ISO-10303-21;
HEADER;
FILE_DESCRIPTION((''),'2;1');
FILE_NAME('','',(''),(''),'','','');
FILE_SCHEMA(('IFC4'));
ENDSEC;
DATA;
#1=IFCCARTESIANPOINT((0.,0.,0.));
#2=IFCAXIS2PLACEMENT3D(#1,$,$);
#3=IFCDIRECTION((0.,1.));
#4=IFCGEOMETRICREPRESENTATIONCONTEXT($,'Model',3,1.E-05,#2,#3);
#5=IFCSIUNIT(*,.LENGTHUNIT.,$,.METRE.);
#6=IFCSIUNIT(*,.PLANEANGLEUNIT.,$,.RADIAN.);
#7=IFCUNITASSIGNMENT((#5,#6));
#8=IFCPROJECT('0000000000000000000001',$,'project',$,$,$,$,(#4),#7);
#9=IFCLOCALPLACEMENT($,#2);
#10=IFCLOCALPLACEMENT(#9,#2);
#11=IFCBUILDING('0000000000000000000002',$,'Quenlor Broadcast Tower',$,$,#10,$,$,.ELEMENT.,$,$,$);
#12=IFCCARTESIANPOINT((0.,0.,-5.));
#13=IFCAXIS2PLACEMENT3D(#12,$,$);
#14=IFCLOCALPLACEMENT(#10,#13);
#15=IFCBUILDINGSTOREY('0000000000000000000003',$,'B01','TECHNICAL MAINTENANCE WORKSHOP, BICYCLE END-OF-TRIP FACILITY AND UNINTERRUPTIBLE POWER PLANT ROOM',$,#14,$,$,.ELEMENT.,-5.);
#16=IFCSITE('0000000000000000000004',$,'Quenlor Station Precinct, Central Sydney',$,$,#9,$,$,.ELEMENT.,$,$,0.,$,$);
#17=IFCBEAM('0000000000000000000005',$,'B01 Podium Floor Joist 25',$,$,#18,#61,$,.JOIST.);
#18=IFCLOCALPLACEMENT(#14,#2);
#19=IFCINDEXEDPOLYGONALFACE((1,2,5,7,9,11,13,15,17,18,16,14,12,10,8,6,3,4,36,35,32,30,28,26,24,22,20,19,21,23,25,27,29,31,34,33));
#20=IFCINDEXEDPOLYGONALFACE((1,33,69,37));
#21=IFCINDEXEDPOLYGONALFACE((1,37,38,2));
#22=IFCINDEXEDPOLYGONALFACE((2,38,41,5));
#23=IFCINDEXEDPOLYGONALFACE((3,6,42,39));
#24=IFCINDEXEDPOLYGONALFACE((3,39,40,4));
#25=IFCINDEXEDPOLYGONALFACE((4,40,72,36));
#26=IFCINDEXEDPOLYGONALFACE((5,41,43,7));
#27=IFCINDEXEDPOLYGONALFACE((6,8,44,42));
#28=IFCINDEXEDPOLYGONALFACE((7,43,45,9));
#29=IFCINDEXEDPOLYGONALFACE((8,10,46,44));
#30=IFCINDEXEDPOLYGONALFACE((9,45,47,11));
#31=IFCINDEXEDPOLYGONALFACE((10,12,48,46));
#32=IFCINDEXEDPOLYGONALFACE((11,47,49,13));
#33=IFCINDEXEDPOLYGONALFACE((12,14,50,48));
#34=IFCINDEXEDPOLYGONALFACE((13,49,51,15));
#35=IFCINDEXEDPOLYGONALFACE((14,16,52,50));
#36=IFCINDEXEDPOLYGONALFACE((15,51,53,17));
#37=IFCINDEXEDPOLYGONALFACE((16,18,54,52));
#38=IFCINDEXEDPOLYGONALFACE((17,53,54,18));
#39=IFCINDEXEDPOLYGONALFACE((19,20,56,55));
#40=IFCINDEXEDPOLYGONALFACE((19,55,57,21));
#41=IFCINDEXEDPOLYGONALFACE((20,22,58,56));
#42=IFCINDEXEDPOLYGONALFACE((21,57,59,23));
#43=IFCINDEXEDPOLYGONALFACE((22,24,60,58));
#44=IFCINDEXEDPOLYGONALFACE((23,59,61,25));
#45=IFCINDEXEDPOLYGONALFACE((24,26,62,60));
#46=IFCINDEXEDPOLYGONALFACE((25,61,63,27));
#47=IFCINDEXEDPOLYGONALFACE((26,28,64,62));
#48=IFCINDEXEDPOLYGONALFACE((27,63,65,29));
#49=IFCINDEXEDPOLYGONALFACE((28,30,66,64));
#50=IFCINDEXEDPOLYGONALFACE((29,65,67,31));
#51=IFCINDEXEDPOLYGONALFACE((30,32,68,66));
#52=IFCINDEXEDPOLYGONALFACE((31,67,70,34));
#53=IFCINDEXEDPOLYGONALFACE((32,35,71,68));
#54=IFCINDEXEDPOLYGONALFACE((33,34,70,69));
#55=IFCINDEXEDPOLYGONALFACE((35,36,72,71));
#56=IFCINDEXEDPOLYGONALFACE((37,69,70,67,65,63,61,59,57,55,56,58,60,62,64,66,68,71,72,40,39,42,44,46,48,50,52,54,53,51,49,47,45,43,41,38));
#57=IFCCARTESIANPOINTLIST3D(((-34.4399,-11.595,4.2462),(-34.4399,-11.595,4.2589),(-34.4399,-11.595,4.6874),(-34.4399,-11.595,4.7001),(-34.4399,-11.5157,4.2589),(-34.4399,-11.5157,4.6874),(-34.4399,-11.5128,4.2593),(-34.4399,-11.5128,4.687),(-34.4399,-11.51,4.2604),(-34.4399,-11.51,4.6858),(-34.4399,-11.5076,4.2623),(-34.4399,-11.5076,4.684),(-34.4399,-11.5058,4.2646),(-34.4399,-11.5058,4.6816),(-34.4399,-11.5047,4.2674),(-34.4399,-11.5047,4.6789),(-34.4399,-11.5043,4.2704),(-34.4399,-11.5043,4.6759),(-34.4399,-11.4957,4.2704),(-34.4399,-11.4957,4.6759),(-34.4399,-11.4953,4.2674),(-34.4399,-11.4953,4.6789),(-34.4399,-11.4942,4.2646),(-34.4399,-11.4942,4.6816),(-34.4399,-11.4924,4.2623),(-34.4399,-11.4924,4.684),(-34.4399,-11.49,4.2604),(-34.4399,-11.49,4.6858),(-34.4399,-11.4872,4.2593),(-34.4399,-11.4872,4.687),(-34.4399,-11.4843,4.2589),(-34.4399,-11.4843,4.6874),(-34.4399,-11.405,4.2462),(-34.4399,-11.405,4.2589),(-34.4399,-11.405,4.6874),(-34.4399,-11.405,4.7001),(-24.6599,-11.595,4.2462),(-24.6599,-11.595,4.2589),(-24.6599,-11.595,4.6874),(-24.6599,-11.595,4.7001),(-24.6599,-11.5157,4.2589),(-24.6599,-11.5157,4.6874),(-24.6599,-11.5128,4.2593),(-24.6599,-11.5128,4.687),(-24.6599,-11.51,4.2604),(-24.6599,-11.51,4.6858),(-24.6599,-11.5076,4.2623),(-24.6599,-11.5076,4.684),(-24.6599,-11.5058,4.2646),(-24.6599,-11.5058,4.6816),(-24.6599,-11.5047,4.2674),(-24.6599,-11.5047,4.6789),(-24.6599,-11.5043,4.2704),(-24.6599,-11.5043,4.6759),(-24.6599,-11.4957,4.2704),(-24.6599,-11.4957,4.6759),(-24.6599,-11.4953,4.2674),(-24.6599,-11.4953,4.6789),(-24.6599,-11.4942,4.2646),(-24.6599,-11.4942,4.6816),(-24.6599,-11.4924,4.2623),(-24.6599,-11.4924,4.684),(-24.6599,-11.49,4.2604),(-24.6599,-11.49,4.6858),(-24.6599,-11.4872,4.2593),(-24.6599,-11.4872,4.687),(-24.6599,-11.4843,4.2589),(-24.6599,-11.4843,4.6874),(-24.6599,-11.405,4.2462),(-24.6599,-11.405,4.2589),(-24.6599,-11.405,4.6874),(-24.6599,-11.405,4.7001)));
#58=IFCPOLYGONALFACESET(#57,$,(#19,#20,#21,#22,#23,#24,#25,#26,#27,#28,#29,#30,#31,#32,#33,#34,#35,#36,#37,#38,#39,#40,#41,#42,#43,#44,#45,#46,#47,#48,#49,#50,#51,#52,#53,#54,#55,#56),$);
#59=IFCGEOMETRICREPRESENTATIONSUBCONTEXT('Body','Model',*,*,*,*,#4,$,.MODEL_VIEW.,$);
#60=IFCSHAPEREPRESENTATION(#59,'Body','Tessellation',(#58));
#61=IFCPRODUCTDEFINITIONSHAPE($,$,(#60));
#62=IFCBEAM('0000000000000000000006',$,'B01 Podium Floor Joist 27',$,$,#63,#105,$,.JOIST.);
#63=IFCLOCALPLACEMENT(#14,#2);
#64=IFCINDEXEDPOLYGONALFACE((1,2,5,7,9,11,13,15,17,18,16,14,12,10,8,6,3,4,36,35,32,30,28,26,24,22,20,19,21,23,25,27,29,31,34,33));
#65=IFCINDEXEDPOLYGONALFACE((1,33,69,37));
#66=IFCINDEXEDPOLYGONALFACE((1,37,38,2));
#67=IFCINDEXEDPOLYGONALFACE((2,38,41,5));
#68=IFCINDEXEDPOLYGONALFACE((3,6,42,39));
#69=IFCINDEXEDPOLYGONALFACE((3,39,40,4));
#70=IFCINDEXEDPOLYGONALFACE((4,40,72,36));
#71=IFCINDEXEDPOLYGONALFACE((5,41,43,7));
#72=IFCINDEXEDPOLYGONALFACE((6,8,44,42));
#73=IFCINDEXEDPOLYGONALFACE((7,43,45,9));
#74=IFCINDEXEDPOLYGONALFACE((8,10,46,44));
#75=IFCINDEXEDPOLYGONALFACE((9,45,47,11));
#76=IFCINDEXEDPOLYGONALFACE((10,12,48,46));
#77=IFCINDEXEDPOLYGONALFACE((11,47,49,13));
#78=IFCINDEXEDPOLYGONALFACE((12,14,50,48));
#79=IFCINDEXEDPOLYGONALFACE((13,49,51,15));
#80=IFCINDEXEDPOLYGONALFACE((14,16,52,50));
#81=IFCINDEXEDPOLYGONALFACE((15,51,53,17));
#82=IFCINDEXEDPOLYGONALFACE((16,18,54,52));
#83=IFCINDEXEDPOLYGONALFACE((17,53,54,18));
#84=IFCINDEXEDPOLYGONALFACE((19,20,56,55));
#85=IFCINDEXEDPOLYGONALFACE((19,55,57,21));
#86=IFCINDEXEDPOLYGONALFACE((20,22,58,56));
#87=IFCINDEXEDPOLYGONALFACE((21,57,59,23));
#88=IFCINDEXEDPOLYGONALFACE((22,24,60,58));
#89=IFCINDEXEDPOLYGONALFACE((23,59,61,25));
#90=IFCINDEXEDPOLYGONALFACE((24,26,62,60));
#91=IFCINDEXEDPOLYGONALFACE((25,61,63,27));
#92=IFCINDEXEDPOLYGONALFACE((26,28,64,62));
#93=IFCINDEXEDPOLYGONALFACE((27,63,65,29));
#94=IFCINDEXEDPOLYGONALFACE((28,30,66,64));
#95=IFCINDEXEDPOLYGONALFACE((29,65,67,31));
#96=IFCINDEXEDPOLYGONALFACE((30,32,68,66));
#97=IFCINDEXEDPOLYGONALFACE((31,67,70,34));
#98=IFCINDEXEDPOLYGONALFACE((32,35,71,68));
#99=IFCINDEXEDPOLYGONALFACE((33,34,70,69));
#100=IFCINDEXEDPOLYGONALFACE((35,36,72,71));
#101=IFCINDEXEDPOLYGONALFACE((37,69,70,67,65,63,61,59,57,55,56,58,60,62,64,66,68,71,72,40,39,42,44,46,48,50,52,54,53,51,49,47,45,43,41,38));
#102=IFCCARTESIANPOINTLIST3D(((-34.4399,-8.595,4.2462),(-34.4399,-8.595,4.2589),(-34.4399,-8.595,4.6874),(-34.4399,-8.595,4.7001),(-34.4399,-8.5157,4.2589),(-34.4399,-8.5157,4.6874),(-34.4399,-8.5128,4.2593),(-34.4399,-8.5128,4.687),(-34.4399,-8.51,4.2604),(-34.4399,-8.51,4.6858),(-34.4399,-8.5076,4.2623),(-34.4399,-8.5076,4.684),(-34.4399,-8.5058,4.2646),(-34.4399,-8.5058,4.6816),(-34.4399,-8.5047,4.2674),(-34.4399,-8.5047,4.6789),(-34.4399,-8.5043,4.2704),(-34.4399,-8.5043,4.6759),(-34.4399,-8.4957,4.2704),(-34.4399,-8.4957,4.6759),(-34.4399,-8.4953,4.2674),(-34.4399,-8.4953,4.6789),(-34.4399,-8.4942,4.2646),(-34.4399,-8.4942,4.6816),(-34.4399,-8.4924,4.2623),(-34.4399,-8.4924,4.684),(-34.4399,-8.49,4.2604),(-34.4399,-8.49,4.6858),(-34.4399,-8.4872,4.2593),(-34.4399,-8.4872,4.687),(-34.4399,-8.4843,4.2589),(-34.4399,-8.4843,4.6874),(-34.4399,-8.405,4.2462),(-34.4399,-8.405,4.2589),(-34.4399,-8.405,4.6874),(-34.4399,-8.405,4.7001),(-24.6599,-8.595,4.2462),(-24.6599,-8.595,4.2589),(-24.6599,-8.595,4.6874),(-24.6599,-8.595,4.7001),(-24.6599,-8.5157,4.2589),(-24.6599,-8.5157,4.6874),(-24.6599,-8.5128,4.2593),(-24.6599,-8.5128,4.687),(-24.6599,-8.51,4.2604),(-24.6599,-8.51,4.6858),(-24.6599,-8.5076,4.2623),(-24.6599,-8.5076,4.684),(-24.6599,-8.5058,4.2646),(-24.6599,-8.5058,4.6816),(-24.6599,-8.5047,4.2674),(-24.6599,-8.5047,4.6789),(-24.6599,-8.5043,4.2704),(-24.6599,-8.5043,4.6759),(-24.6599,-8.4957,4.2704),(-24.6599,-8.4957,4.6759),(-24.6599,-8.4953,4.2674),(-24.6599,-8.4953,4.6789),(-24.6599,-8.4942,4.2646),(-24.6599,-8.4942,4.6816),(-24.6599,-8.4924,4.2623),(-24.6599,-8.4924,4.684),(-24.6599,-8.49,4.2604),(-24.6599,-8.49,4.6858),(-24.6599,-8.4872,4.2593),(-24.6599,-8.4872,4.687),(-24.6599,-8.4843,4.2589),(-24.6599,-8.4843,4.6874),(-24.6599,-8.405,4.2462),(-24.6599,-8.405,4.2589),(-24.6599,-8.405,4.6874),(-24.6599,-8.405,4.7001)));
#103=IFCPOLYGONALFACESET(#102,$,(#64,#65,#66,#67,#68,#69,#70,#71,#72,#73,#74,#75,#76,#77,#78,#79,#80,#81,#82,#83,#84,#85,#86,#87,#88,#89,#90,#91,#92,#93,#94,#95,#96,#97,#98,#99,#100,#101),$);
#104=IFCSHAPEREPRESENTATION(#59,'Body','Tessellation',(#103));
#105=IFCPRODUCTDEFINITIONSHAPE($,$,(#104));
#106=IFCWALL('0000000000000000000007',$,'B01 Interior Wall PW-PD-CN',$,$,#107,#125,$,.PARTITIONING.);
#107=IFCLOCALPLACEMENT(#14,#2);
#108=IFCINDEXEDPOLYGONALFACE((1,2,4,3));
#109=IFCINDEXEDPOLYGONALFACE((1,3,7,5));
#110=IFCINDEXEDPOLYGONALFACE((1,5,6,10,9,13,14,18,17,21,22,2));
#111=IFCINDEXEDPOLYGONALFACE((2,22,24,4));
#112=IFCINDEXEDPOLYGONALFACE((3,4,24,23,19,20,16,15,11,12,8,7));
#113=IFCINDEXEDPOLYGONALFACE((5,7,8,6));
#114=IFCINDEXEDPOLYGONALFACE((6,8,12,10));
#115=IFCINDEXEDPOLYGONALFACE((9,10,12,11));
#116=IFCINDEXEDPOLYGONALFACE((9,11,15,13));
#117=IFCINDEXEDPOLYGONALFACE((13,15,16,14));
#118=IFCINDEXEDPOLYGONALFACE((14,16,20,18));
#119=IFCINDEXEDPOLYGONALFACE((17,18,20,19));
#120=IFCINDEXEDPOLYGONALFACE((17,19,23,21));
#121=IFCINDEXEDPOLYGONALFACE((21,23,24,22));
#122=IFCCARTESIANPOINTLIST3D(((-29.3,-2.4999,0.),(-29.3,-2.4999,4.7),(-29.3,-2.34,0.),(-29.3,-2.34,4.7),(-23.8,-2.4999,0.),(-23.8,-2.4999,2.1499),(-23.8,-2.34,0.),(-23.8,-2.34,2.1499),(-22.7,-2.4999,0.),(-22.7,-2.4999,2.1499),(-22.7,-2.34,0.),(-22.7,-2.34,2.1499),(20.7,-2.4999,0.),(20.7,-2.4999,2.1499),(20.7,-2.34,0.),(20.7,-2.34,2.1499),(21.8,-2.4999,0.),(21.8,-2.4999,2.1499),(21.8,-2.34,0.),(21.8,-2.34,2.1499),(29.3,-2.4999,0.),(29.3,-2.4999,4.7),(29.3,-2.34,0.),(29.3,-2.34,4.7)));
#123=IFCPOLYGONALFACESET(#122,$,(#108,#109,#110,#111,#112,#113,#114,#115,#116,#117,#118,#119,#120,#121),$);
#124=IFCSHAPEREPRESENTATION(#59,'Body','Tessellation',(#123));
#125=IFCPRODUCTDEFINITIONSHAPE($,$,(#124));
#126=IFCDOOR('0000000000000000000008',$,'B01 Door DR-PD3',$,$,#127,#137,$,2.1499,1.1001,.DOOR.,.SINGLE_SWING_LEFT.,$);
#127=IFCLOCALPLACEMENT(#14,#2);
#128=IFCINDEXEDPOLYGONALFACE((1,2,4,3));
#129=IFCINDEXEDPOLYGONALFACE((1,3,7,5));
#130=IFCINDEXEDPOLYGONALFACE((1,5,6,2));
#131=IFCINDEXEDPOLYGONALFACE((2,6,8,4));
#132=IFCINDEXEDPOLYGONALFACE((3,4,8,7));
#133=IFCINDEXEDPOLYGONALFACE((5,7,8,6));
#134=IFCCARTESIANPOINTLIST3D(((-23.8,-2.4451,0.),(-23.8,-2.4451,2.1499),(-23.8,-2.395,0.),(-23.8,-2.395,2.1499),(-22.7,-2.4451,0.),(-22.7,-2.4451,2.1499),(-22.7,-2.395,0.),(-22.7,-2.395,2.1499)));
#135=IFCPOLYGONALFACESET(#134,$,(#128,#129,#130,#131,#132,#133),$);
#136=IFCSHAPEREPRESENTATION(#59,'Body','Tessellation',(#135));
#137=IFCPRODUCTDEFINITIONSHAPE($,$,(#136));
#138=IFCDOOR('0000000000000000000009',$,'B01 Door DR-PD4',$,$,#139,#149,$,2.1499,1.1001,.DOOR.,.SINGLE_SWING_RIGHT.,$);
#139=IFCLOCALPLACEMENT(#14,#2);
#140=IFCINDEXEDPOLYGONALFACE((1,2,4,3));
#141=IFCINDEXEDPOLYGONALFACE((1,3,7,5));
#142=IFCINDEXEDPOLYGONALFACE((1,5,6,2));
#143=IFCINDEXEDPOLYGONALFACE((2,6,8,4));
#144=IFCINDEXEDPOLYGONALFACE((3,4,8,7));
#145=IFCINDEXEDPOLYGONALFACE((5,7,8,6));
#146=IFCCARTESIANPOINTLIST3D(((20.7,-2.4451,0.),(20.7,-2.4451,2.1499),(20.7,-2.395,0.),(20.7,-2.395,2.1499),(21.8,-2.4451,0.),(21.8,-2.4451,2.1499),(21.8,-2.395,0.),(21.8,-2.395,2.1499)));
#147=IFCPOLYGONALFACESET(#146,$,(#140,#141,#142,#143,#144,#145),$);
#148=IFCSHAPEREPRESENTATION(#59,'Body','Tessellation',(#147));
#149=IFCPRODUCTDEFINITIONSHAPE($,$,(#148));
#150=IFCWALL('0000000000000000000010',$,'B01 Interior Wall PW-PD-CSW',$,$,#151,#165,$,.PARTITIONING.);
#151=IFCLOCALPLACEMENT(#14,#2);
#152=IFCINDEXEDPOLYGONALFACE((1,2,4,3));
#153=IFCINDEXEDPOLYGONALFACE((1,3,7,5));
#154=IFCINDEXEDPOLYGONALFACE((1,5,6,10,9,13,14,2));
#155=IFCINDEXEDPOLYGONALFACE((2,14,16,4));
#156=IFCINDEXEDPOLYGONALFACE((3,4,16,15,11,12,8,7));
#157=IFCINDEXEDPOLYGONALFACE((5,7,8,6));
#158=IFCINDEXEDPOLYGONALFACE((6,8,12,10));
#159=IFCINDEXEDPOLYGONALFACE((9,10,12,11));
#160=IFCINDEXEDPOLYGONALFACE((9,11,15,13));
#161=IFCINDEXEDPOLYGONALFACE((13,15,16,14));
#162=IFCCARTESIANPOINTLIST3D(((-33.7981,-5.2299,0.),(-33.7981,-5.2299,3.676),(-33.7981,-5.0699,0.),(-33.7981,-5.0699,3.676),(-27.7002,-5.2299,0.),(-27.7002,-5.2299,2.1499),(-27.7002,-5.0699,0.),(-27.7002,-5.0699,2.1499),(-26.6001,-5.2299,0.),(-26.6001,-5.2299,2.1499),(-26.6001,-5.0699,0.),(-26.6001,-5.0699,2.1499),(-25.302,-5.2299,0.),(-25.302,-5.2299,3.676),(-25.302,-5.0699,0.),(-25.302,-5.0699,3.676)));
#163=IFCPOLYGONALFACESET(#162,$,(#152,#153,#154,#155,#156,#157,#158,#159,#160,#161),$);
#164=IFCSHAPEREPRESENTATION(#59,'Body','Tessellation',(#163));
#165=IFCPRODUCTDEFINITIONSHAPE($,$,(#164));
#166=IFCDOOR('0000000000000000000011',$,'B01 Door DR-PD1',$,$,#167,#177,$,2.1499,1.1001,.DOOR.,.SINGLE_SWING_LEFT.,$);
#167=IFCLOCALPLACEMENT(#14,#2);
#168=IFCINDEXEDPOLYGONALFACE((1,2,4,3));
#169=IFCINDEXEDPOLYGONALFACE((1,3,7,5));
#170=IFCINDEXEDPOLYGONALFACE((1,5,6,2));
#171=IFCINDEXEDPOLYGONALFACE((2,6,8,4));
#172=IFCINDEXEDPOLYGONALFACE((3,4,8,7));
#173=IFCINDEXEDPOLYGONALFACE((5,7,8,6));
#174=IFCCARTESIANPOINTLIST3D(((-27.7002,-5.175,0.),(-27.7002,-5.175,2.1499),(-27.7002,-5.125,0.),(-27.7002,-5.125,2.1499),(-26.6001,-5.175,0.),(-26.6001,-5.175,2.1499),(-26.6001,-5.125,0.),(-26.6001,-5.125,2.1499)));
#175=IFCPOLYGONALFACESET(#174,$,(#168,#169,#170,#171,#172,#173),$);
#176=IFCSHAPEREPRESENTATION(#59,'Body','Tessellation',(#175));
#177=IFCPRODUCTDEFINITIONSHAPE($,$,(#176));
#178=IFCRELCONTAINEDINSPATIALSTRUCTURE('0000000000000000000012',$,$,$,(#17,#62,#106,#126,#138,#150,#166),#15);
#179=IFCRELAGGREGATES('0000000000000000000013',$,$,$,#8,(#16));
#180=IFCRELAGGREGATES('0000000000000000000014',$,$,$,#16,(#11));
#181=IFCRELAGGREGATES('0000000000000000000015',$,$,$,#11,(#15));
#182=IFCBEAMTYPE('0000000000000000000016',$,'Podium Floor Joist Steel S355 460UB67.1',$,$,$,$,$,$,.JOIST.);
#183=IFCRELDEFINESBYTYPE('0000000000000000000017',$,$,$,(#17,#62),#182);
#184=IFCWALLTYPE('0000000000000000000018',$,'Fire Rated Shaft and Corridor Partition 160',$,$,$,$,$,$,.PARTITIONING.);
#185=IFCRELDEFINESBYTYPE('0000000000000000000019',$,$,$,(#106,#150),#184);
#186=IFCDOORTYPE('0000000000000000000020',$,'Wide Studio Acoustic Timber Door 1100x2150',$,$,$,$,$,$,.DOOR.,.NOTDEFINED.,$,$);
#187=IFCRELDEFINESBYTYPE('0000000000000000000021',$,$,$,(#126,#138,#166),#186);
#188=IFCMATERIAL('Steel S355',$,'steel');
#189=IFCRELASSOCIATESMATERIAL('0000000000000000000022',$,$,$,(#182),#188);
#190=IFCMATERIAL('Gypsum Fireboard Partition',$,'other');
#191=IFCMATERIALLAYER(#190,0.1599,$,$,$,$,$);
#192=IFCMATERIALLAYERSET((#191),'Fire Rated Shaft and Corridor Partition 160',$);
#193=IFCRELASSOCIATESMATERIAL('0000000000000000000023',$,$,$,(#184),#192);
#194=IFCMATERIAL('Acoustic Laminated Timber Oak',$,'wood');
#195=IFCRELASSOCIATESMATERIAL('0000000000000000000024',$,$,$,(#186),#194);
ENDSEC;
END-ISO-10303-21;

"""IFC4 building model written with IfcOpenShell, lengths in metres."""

from ifc_helpers import new_model, si_unit, direction, frame, frame_2d, origin, origin_2d, place, context, subcontext, project, spatial, rectangle, i_section, extrude, material, layer, layer_set, material_profile, profile_set, type_object, element, fill, save


model = new_model("IFC4")

# Units and contexts
model_context = context("Model", 3, precision=1e-05, world=origin(), true_north=direction((0.0, 1.0)))
body_context = subcontext(model_context, "Body", "Model", "MODEL_VIEW")
ifc_project = project(units=[si_unit("LENGTHUNIT", "METRE"), si_unit("PLANEANGLEUNIT", "RADIAN")], contexts=[model_context])

# Site, building, storey
site_placement = place(None, origin())
site = spatial("IfcSite", under=ifc_project, at=site_placement, Name="Quenlor Station Precinct, Central Sydney", CompositionType="ELEMENT", RefElevation=0.0)
building_placement = place(site_placement, origin())
building = spatial("IfcBuilding", under=site, at=building_placement, Name="Quenlor Broadcast Tower", CompositionType="ELEMENT")
storey_placement = place(building_placement, frame((0.0, 0.0, -5.0)))
storey = spatial("IfcBuildingStorey", under=building, at=storey_placement, Name="B01", Description="TECHNICAL MAINTENANCE WORKSHOP, BICYCLE END-OF-TRIP FACILITY AND UNINTERRUPTIBLE POWER PLANT ROOM", CompositionType="ELEMENT", Elevation=-5.0)

# Beams
ifc_material_1 = material(Name="Steel S355", Category="steel")
ifc_material_profile_1 = material_profile(ifc_material_1, i_section(OverallWidth=0.1899, OverallDepth=0.4539, WebThickness=0.0085, FlangeThickness=0.0127, FilletRadius=0.0115, at=origin_2d()))
ifc_profile_set_1 = profile_set([ifc_material_profile_1], Name="Steel S355 460UB67.1")
beam_type_1 = type_object("IfcBeamType", Name="Podium Floor Joist Steel S355 460UB67.1", PredefinedType="JOIST", material=ifc_profile_set_1)
for number, where, z_axis, x_axis, name in (
    (1, (-34.4399, -11.5, 4.4731), (1.0, 0.0, 0.0), (0.0, 1.0, 0.0), "B01 Podium Floor Joist 25"),
    (2, (-34.4399, -8.5, 4.4731), (1.0, 0.0, 0.0), (0.0, 1.0, 0.0), "B01 Podium Floor Joist 27"),
):
    element("IfcBeam", number, at=place(storey_placement, frame(where, z_axis=z_axis, x_axis=x_axis)), inside=storey, type_object=beam_type_1, Name=name, PredefinedType="JOIST", context=body_context, shape_type="SweptSolid", body=[
        extrude(i_section(OverallWidth=0.1899, OverallDepth=0.4539, WebThickness=0.0085, FlangeThickness=0.0127, FilletRadius=0.0115, at=origin_2d()), origin(), (0.0, 0.0, 1.0), 9.78),
    ])

# Wall, openings, doors
ifc_material_2 = material(Name="Gypsum Fireboard Partition", Category="other")
ifc_layer_1 = layer(ifc_material_2, 0.1599)
ifc_layer_set_1 = layer_set([ifc_layer_1], Name="Fire Rated Shaft and Corridor Partition 160")
wall_type_1 = type_object("IfcWallType", Name="Fire Rated Shaft and Corridor Partition 160", PredefinedType="PARTITIONING", material=ifc_layer_set_1)
wall_1_placement = place(storey_placement, frame((-29.3, -2.4199, 0.0), z_axis=(0.0, 0.0, 1.0), x_axis=(1.0, 0.0, 0.0)))
wall_1 = element("IfcWall", 3, at=wall_1_placement, inside=storey, type_object=wall_type_1, Name="B01 Interior Wall PW-PD-CN", PredefinedType="PARTITIONING", context=body_context, shape_type="SweptSolid", body=[
    extrude(rectangle(XDim=58.6001, YDim=0.1599, at=frame_2d((29.3, 0.0))), origin(), (0.0, 0.0, 1.0), 4.7),
])
opening_1_placement = place(wall_1_placement, frame((5.5, 0.0, 0.0)))
opening_1 = element("IfcOpeningElement", 4, at=opening_1_placement, cuts=wall_1, PredefinedType="OPENING", context=body_context, shape_type="SweptSolid", body=[
    extrude(rectangle(XDim=1.1001, YDim=2.1499, at=frame_2d((0.55, 1.075))), frame((0.0, 0.0898, 0.0), z_axis=(0.0, -1.0, 0.0), x_axis=(1.0, 0.0, 0.0)), (0.0, 0.0, 1.0), 0.1799),
])
opening_2_placement = place(wall_1_placement, frame((50.0, 0.0, 0.0)))
opening_2 = element("IfcOpeningElement", 5, at=opening_2_placement, cuts=wall_1, PredefinedType="OPENING", context=body_context, shape_type="SweptSolid", body=[
    extrude(rectangle(XDim=1.1001, YDim=2.1499, at=frame_2d((0.55, 1.075))), frame((0.0, 0.0898, 0.0), z_axis=(0.0, -1.0, 0.0), x_axis=(1.0, 0.0, 0.0)), (0.0, 0.0, 1.0), 0.1799),
])
ifc_material_3 = material(Name="Acoustic Laminated Timber Oak", Category="wood")
door_type = type_object("IfcDoorType", Name="Wide Studio Acoustic Timber Door 1100x2150", OperationType="NOTDEFINED", PredefinedType="DOOR", material=ifc_material_3)
door_1_placement = place(opening_1_placement, origin())
door_1 = element("IfcDoor", 6, at=door_1_placement, inside=storey, type_object=door_type, Name="B01 Door DR-PD3", OperationType="SINGLE_SWING_LEFT", OverallHeight=2.1499, OverallWidth=1.1001, PredefinedType="DOOR", context=body_context, shape_type="SweptSolid", body=[
    extrude(rectangle(XDim=1.1001, YDim=2.1499, at=frame_2d((0.55, 1.075))), frame((0.0, 0.0249, 0.0), z_axis=(0.0, -1.0, 0.0), x_axis=(1.0, 0.0, 0.0)), (0.0, 0.0, 1.0), 0.05),
])
fill(opening_1, door_1)
door_2_placement = place(opening_2_placement, origin())
door_2 = element("IfcDoor", 7, at=door_2_placement, inside=storey, type_object=door_type, Name="B01 Door DR-PD4", OperationType="SINGLE_SWING_RIGHT", OverallHeight=2.1499, OverallWidth=1.1001, PredefinedType="DOOR", context=body_context, shape_type="SweptSolid", body=[
    extrude(rectangle(XDim=1.1001, YDim=2.1499, at=frame_2d((0.55, 1.075))), frame((0.0, 0.0249, 0.0), z_axis=(0.0, -1.0, 0.0), x_axis=(1.0, 0.0, 0.0)), (0.0, 0.0, 1.0), 0.05),
])
fill(opening_2, door_2)

# Wall, opening, door
wall_2_placement = place(storey_placement, frame((-33.7981, -5.1499, 0.0), z_axis=(0.0, 0.0, 1.0), x_axis=(1.0, 0.0, 0.0)))
wall_2 = element("IfcWall", 8, at=wall_2_placement, inside=storey, type_object=wall_type_1, Name="B01 Interior Wall PW-PD-CSW", PredefinedType="PARTITIONING", context=body_context, shape_type="SweptSolid", body=[
    extrude(rectangle(XDim=8.4961, YDim=0.1599, at=frame_2d((4.248, 0.0))), origin(), (0.0, 0.0, 1.0), 3.676),
])
opening_3_placement = place(wall_2_placement, frame((6.0979, 0.0, 0.0)))
opening_3 = element("IfcOpeningElement", 9, at=opening_3_placement, cuts=wall_2, PredefinedType="OPENING", context=body_context, shape_type="SweptSolid", body=[
    extrude(rectangle(XDim=1.1001, YDim=2.1499, at=frame_2d((0.55, 1.075))), frame((0.0, 0.0898, 0.0), z_axis=(0.0, -1.0, 0.0), x_axis=(1.0, 0.0, 0.0)), (0.0, 0.0, 1.0), 0.1799),
])
door_3_placement = place(opening_3_placement, origin())
door_3 = element("IfcDoor", 10, at=door_3_placement, inside=storey, type_object=door_type, Name="B01 Door DR-PD1", OperationType="SINGLE_SWING_LEFT", OverallHeight=2.1499, OverallWidth=1.1001, PredefinedType="DOOR", context=body_context, shape_type="SweptSolid", body=[
    extrude(rectangle(XDim=1.1001, YDim=2.1499, at=frame_2d((0.55, 1.075))), frame((0.0, 0.0249, 0.0), z_axis=(0.0, -1.0, 0.0), x_axis=(1.0, 0.0, 0.0)), (0.0, 0.0, 1.0), 0.05),
])
fill(opening_3, door_3)

save(model, "model.ifc")
